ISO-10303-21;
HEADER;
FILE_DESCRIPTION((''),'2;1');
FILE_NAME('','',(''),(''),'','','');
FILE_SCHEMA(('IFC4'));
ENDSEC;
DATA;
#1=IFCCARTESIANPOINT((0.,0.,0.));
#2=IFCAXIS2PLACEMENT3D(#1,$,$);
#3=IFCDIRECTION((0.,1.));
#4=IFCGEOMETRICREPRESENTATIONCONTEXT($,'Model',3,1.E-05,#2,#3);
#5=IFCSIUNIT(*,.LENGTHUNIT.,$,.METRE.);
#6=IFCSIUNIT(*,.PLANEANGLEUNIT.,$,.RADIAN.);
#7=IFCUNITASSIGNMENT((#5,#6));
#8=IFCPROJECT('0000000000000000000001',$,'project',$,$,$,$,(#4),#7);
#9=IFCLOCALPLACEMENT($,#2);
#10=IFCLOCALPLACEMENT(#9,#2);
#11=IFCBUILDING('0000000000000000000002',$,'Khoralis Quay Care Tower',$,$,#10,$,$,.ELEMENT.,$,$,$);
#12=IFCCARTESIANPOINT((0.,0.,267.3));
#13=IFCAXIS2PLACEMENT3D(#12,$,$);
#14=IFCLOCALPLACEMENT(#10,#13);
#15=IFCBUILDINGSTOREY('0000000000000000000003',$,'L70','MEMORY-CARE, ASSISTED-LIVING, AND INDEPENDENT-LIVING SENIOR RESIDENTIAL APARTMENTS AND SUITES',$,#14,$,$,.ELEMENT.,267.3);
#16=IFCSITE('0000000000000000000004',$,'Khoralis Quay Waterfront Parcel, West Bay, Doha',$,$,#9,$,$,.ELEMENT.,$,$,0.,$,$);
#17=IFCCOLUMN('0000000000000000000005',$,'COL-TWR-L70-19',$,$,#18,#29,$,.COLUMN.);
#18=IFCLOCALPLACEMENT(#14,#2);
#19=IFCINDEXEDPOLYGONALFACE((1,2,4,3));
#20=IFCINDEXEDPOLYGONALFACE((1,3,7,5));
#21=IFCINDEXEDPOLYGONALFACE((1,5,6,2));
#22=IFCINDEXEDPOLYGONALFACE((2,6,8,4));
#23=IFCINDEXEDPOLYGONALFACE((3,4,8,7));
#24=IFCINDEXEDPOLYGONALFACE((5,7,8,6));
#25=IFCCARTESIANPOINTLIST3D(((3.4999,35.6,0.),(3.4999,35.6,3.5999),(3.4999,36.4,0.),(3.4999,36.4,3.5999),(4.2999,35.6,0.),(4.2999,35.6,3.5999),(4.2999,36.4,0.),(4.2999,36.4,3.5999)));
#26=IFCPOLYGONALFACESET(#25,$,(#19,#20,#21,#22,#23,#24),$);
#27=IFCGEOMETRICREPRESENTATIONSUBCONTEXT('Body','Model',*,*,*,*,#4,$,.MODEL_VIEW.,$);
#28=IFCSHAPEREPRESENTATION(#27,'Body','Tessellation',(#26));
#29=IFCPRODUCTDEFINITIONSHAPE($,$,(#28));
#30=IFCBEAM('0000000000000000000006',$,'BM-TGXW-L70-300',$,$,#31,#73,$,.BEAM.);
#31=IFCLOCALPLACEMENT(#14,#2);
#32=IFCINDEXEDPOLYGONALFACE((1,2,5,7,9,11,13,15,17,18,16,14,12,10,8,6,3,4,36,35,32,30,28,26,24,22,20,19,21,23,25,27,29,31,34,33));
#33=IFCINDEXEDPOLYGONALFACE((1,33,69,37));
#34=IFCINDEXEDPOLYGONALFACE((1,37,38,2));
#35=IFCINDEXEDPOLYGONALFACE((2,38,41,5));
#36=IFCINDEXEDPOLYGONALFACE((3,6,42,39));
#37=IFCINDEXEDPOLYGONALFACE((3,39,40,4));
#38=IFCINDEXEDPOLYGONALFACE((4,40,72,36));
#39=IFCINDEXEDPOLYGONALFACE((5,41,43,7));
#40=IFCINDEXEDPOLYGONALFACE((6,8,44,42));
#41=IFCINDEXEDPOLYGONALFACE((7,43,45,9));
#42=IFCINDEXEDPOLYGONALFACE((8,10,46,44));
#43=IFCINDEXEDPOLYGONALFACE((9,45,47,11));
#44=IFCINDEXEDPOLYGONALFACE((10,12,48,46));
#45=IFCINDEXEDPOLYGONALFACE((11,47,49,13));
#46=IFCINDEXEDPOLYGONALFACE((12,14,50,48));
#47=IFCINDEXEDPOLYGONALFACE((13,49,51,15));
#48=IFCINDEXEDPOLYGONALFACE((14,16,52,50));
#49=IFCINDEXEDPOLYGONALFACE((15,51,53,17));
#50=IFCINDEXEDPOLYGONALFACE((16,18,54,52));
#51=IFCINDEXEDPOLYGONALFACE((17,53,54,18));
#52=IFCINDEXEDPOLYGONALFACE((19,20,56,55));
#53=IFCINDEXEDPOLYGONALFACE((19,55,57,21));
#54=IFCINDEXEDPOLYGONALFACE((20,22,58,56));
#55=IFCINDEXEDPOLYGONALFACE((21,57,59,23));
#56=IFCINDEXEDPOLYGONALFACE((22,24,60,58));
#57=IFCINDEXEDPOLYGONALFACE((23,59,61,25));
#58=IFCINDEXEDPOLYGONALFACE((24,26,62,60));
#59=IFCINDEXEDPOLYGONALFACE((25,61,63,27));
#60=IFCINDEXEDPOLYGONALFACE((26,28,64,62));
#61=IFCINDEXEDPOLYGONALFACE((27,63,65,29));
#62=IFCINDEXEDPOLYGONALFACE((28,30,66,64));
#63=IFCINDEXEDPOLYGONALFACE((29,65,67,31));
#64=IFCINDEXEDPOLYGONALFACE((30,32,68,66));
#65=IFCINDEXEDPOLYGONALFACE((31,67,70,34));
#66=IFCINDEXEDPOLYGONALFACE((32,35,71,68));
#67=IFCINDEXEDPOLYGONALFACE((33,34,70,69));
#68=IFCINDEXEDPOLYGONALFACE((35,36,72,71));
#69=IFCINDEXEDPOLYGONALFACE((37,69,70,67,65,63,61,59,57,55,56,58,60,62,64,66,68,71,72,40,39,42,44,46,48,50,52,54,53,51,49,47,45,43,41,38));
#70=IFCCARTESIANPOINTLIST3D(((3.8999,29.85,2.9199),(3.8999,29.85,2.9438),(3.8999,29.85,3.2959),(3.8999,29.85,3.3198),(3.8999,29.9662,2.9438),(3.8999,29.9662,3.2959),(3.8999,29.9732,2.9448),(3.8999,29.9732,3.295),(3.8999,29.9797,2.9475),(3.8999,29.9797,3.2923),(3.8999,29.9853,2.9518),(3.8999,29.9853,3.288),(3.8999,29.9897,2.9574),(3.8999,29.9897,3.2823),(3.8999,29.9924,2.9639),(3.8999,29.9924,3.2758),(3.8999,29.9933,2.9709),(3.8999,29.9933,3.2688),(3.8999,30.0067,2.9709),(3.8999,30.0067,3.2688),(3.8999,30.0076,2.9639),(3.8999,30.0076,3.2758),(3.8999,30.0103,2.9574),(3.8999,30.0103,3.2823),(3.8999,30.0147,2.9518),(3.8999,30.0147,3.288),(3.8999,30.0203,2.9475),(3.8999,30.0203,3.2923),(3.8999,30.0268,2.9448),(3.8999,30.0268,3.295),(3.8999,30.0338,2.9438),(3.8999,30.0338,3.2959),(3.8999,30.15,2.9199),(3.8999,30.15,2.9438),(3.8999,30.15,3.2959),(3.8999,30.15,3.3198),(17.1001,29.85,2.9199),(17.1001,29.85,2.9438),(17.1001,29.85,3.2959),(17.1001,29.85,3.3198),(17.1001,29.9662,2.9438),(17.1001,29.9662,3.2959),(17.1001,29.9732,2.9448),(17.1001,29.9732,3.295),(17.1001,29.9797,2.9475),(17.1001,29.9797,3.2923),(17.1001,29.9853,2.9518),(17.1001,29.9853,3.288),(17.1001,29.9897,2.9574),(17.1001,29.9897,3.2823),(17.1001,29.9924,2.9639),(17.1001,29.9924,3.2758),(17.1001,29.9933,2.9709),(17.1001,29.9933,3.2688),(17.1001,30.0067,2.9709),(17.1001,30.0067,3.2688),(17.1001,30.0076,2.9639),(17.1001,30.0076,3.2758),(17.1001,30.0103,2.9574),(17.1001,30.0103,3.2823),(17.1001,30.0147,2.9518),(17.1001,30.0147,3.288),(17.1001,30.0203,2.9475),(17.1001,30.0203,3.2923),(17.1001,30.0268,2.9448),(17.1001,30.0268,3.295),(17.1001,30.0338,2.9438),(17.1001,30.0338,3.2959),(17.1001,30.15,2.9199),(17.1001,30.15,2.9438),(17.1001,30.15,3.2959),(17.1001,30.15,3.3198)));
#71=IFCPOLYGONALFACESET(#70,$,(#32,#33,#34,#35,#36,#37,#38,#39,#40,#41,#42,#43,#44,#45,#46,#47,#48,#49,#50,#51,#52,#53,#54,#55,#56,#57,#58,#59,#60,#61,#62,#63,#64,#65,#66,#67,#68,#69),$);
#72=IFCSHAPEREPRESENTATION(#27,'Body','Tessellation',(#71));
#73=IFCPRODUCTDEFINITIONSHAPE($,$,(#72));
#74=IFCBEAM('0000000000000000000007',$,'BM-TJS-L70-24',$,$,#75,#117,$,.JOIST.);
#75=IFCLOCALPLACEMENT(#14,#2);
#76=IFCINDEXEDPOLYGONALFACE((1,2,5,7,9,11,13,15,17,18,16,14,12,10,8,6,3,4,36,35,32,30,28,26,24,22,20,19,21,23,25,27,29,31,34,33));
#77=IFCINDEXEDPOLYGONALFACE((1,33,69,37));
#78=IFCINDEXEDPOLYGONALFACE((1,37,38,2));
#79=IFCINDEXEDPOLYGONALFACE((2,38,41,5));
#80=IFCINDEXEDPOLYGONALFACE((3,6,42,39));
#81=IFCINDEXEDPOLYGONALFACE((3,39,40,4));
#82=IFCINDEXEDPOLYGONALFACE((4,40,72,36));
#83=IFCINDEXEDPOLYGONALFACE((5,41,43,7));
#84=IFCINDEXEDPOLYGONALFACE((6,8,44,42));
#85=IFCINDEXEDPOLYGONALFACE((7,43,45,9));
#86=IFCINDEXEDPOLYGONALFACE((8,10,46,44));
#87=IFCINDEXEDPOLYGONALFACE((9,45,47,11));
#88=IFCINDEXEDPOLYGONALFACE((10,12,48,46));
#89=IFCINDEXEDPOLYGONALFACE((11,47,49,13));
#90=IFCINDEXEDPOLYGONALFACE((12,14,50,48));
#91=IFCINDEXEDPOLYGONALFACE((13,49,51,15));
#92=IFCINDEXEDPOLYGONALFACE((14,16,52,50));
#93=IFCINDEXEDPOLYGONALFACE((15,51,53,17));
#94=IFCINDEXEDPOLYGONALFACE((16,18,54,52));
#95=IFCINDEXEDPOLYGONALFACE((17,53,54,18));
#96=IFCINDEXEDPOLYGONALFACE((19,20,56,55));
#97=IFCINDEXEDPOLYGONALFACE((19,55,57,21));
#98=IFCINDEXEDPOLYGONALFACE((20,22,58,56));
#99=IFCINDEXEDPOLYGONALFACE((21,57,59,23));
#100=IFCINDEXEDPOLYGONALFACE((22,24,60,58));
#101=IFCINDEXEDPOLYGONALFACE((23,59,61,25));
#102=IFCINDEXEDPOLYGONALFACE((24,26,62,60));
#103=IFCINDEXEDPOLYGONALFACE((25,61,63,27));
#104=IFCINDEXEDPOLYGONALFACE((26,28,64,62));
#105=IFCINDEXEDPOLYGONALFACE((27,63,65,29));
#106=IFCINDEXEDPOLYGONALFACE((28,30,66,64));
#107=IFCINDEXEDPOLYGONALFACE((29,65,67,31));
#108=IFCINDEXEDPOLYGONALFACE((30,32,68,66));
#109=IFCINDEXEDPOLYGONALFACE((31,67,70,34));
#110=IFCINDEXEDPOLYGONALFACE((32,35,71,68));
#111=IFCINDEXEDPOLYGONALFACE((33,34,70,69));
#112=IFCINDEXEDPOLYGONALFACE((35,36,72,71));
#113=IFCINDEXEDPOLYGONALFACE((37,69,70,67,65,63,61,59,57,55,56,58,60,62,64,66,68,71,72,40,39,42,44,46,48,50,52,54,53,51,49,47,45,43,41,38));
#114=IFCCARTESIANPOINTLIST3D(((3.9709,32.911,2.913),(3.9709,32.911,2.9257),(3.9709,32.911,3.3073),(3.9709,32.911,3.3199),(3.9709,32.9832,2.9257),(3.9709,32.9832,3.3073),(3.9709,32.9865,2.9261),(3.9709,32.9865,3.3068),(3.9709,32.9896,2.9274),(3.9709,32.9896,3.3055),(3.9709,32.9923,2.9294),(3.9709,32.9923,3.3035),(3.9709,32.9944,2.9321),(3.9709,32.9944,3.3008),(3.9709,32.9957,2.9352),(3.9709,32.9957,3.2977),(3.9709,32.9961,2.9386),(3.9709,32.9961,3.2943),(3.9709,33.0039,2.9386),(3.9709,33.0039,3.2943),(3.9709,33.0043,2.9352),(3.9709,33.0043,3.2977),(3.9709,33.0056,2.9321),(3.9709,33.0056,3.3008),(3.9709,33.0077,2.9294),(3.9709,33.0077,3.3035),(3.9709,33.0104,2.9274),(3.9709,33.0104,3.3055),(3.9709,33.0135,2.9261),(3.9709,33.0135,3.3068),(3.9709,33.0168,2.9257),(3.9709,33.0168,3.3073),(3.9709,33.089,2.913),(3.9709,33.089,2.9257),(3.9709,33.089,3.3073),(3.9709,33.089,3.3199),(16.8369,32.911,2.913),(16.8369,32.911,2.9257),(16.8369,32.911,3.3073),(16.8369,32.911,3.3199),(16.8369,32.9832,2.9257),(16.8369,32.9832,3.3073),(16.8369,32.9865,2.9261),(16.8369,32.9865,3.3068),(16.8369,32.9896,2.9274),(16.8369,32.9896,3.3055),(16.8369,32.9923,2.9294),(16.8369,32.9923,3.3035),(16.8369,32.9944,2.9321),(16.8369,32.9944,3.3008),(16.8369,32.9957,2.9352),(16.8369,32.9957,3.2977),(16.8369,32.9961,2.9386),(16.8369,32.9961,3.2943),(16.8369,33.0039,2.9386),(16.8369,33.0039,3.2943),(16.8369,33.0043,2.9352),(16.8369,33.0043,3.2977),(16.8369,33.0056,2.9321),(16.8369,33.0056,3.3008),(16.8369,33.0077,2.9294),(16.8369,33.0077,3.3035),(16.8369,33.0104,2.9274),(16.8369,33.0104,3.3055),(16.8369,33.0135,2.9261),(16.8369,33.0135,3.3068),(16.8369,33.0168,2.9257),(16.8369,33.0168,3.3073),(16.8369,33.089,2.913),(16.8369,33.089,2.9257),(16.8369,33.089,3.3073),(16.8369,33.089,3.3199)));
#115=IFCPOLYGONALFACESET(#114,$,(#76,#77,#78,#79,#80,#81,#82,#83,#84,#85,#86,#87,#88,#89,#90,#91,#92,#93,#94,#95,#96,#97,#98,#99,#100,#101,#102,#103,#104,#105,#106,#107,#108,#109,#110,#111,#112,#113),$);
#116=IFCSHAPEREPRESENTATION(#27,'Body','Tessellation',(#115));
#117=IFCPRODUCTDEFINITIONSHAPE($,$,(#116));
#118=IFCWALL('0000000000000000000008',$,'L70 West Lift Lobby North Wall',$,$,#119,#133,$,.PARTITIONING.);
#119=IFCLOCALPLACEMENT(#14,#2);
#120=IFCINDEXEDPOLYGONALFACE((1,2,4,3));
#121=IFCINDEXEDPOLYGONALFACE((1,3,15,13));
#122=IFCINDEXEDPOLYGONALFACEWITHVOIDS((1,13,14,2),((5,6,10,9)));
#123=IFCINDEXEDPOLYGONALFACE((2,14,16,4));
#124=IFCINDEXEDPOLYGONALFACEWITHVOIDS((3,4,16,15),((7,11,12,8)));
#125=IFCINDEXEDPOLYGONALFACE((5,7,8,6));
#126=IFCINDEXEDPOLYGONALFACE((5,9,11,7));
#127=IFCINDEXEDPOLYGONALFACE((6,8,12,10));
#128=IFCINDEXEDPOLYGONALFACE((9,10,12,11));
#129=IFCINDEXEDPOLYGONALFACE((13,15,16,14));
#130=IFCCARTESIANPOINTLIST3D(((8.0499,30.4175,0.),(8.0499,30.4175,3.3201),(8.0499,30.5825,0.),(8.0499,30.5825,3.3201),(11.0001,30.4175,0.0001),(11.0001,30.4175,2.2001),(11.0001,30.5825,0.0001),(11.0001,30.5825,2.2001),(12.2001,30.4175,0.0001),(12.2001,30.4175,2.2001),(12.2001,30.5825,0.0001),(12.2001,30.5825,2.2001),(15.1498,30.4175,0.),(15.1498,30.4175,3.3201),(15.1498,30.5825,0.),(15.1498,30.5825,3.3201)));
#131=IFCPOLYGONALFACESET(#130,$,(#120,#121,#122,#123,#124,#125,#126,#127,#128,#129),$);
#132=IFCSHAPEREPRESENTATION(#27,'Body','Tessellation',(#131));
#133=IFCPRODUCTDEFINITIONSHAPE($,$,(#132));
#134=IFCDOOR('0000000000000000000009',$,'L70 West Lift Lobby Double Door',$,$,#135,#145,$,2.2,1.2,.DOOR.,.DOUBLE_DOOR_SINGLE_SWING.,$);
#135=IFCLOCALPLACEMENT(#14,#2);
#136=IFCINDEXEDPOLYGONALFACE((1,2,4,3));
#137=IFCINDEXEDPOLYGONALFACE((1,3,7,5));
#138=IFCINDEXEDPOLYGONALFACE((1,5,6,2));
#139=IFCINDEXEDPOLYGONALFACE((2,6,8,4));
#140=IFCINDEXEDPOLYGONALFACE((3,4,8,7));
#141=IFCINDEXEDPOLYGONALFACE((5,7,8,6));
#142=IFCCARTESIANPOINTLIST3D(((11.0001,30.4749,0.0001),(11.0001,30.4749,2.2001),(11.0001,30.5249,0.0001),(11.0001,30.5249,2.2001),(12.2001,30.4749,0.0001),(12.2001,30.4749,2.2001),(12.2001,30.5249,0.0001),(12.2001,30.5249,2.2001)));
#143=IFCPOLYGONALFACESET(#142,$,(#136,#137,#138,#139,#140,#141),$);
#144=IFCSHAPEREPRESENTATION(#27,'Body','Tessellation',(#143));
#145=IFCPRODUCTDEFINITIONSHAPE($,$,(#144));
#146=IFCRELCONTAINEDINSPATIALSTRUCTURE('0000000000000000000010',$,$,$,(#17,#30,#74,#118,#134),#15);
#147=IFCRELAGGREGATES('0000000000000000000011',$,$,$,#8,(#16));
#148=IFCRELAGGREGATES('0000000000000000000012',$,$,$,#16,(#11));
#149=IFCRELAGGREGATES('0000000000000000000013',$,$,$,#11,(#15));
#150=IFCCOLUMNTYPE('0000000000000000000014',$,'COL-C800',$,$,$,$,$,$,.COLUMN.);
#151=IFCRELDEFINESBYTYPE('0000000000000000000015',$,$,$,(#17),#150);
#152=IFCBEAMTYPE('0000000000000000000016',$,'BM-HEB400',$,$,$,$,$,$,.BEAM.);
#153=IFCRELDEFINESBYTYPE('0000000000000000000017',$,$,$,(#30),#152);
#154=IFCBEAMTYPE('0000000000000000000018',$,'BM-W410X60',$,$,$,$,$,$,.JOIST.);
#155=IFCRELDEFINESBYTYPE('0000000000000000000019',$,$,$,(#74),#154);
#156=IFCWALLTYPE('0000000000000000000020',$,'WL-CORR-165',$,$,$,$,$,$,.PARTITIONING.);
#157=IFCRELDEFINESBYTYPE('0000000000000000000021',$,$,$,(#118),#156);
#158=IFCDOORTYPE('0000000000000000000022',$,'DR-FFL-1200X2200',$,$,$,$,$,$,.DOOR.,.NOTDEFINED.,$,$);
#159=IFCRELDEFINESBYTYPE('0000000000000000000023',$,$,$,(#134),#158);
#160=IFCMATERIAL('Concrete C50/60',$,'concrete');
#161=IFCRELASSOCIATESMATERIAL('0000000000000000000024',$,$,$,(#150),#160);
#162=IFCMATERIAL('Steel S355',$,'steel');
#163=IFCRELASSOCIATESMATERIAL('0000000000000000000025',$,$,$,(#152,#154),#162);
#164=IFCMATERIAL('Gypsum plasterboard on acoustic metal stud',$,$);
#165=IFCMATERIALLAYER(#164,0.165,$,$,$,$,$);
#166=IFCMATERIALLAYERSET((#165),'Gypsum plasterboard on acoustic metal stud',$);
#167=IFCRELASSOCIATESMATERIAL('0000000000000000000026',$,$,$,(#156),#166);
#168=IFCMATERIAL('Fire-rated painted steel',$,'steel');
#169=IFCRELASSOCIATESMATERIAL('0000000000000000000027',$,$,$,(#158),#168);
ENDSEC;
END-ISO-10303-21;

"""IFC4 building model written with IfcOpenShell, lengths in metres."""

from ifc_helpers import new_model, si_unit, direction, frame, frame_2d, origin, origin_2d, place, context, subcontext, project, spatial, rectangle, i_section, extrude, source, transform, mapped, material, layer, layer_set, material_profile, profile_set, type_object, element, fill, save


model = new_model("IFC4")

# Units and contexts
model_context = context("Model", 3, precision=1e-05, world=origin(), true_north=direction((0.0, 1.0)))
body_context = subcontext(model_context, "Body", "Model", "MODEL_VIEW")
ifc_project = project(units=[si_unit("LENGTHUNIT", "METRE"), si_unit("PLANEANGLEUNIT", "RADIAN")], contexts=[model_context])

# Site, building, storey
site_placement = place(None, origin())
site = spatial("IfcSite", under=ifc_project, at=site_placement, Name="Khoralis Quay Waterfront Parcel, West Bay, Doha", CompositionType="ELEMENT", RefElevation=0.0)
building_placement = place(site_placement, origin())
building = spatial("IfcBuilding", under=site, at=building_placement, Name="Khoralis Quay Care Tower", CompositionType="ELEMENT")
storey_placement = place(building_placement, frame((0.0, 0.0, 267.3)))
storey = spatial("IfcBuildingStorey", under=building, at=storey_placement, Name="L70", Description="MEMORY-CARE, ASSISTED-LIVING, AND INDEPENDENT-LIVING SENIOR RESIDENTIAL APARTMENTS AND SUITES", CompositionType="ELEMENT", Elevation=267.3)

# Column
ifc_material_1 = material(Name="Concrete C50/60", Category="concrete")
ifc_material_profile_1 = material_profile(ifc_material_1, rectangle(XDim=0.8, YDim=0.8, at=origin_2d()), Name="Concrete C50/60")
ifc_profile_set_1 = profile_set([ifc_material_profile_1], Name="Concrete C50/60")
column_type = type_object("IfcColumnType", Name="COL-C800", PredefinedType="COLUMN", material=ifc_profile_set_1)
shared_shape_1 = source(origin(), body_context, "Body", "SweptSolid", [
    extrude(rectangle(XDim=0.8, YDim=0.8, at=origin_2d()), origin(), (0.0, 0.0, 1.0), 3.5999),
])
column_placement = place(storey_placement, frame((3.8999, 36.0, 0.0), z_axis=(0.0, 0.0, 1.0), x_axis=(1.0, 0.0, 0.0)))
element("IfcColumn", 1, at=column_placement, inside=storey, type_object=column_type, Name="COL-TWR-L70-19", PredefinedType="COLUMN", context=body_context, shape_type="MappedRepresentation", body=[
    mapped(shared_shape_1, transform((0.0, 0.0, 0.0), scale=1.0)),
])

# Beams
ifc_material_2 = material(Name="Steel S355", Category="steel")
ifc_material_profile_2 = material_profile(ifc_material_2, i_section(OverallWidth=0.3, OverallDepth=0.3999, WebThickness=0.0134, FlangeThickness=0.0239, FilletRadius=0.0271, at=origin_2d()), Name="Steel S355")
ifc_profile_set_2 = profile_set([ifc_material_profile_2], Name="Steel S355")
beam_type_1 = type_object("IfcBeamType", Name="BM-HEB400", PredefinedType="BEAM", material=ifc_profile_set_2)
shared_shape_2 = source(origin(), body_context, "Body", "SweptSolid", [
    extrude(i_section(OverallWidth=0.3, OverallDepth=0.3999, WebThickness=0.0134, FlangeThickness=0.0239, FilletRadius=0.0271, at=origin_2d()), origin(), (0.0, 0.0, 1.0), 13.2002),
])
beam_1_placement = place(storey_placement, frame((3.8999, 30.0, 3.1199), z_axis=(1.0, 0.0, 0.0), x_axis=(0.0, 1.0, 0.0)))
element("IfcBeam", 2, at=beam_1_placement, inside=storey, type_object=beam_type_1, Name="BM-TGXW-L70-300", PredefinedType="BEAM", context=body_context, shape_type="MappedRepresentation", body=[
    mapped(shared_shape_2, transform((0.0, 0.0, 0.0), scale=1.0)),
])
ifc_material_profile_3 = material_profile(ifc_material_2, i_section(OverallWidth=0.178, OverallDepth=0.407, WebThickness=0.0078, FlangeThickness=0.0127, FilletRadius=0.0129, at=origin_2d()), Name="Steel S355")
ifc_profile_set_3 = profile_set([ifc_material_profile_3], Name="Steel S355")
beam_type_2 = type_object("IfcBeamType", Name="BM-W410X60", PredefinedType="JOIST", material=ifc_profile_set_3)
shared_shape_3 = source(origin(), body_context, "Body", "SweptSolid", [
    extrude(i_section(OverallWidth=0.178, OverallDepth=0.407, WebThickness=0.0078, FlangeThickness=0.0127, FilletRadius=0.0129, at=origin_2d()), origin(), (0.0, 0.0, 1.0), 12.866),
])
beam_2_placement = place(storey_placement, frame((3.9709, 33.0, 3.1165), z_axis=(1.0, 0.0, 0.0), x_axis=(0.0, 1.0, 0.0)))
element("IfcBeam", 3, at=beam_2_placement, inside=storey, type_object=beam_type_2, Name="BM-TJS-L70-24", PredefinedType="JOIST", context=body_context, shape_type="MappedRepresentation", body=[
    mapped(shared_shape_3, transform((0.0, 0.0, 0.0), scale=1.0)),
])

# Wall, opening, door
ifc_material_3 = material(Name="Gypsum plasterboard on acoustic metal stud")
ifc_layer_1 = layer(ifc_material_3, 0.165)
ifc_layer_set_1 = layer_set([ifc_layer_1], Name="Gypsum plasterboard on acoustic metal stud")
wall_type_1 = type_object("IfcWallType", Name="WL-CORR-165", PredefinedType="PARTITIONING", material=ifc_layer_set_1)
wall_1_placement = place(storey_placement, frame((8.05, 30.5, 0.0), z_axis=(0.0, 0.0, 1.0), x_axis=(1.0, 0.0, 0.0)))
wall_1 = element("IfcWall", 4, at=wall_1_placement, inside=storey, type_object=wall_type_1, Name="L70 West Lift Lobby North Wall", PredefinedType="PARTITIONING", context=body_context, shape_type="SweptSolid", body=[
    extrude(rectangle(XDim=7.0999, YDim=0.165, at=frame_2d((3.5498, 0.0))), origin(), (0.0, 0.0, 1.0), 3.3201),
])
opening_1_placement = place(wall_1_placement, frame((2.95, 0.0, 0.0)))
opening_1 = element("IfcOpeningElement", 5, at=opening_1_placement, cuts=wall_1, PredefinedType="OPENING", context=body_context, shape_type="SweptSolid", body=[
    extrude(rectangle(XDim=1.2, YDim=2.2, at=frame_2d((0.6001, 1.1001))), frame((0.0, 0.0925, 0.0), z_axis=(0.0, -1.0, 0.0), x_axis=(1.0, 0.0, 0.0)), (0.0, 0.0, 1.0), 0.1851),
])
ifc_material_4 = material(Name="Fire-rated painted steel", Category="steel")
door_type_1 = type_object("IfcDoorType", Name="DR-FFL-1200X2200", OperationType="NOTDEFINED", PredefinedType="DOOR", material=ifc_material_4)
shared_shape_4 = source(origin(), body_context, "Body", "SweptSolid", [
    extrude(rectangle(XDim=1.2, YDim=2.2, at=frame_2d((0.6001, 1.1001))), frame((0.0, 0.0249, 0.0), z_axis=(0.0, -1.0, 0.0), x_axis=(1.0, 0.0, 0.0)), (0.0, 0.0, 1.0), 0.05),
])
door_1_placement = place(opening_1_placement, origin())
door_1 = element("IfcDoor", 6, at=door_1_placement, inside=storey, type_object=door_type_1, Name="L70 West Lift Lobby Double Door", OperationType="DOUBLE_DOOR_SINGLE_SWING", OverallHeight=2.2, OverallWidth=1.2, PredefinedType="DOOR", context=body_context, shape_type="MappedRepresentation", body=[
    mapped(shared_shape_4, transform((0.0, 0.0, 0.0), scale=1.0)),
])
fill(opening_1, door_1)

save(model, "model.ifc")
